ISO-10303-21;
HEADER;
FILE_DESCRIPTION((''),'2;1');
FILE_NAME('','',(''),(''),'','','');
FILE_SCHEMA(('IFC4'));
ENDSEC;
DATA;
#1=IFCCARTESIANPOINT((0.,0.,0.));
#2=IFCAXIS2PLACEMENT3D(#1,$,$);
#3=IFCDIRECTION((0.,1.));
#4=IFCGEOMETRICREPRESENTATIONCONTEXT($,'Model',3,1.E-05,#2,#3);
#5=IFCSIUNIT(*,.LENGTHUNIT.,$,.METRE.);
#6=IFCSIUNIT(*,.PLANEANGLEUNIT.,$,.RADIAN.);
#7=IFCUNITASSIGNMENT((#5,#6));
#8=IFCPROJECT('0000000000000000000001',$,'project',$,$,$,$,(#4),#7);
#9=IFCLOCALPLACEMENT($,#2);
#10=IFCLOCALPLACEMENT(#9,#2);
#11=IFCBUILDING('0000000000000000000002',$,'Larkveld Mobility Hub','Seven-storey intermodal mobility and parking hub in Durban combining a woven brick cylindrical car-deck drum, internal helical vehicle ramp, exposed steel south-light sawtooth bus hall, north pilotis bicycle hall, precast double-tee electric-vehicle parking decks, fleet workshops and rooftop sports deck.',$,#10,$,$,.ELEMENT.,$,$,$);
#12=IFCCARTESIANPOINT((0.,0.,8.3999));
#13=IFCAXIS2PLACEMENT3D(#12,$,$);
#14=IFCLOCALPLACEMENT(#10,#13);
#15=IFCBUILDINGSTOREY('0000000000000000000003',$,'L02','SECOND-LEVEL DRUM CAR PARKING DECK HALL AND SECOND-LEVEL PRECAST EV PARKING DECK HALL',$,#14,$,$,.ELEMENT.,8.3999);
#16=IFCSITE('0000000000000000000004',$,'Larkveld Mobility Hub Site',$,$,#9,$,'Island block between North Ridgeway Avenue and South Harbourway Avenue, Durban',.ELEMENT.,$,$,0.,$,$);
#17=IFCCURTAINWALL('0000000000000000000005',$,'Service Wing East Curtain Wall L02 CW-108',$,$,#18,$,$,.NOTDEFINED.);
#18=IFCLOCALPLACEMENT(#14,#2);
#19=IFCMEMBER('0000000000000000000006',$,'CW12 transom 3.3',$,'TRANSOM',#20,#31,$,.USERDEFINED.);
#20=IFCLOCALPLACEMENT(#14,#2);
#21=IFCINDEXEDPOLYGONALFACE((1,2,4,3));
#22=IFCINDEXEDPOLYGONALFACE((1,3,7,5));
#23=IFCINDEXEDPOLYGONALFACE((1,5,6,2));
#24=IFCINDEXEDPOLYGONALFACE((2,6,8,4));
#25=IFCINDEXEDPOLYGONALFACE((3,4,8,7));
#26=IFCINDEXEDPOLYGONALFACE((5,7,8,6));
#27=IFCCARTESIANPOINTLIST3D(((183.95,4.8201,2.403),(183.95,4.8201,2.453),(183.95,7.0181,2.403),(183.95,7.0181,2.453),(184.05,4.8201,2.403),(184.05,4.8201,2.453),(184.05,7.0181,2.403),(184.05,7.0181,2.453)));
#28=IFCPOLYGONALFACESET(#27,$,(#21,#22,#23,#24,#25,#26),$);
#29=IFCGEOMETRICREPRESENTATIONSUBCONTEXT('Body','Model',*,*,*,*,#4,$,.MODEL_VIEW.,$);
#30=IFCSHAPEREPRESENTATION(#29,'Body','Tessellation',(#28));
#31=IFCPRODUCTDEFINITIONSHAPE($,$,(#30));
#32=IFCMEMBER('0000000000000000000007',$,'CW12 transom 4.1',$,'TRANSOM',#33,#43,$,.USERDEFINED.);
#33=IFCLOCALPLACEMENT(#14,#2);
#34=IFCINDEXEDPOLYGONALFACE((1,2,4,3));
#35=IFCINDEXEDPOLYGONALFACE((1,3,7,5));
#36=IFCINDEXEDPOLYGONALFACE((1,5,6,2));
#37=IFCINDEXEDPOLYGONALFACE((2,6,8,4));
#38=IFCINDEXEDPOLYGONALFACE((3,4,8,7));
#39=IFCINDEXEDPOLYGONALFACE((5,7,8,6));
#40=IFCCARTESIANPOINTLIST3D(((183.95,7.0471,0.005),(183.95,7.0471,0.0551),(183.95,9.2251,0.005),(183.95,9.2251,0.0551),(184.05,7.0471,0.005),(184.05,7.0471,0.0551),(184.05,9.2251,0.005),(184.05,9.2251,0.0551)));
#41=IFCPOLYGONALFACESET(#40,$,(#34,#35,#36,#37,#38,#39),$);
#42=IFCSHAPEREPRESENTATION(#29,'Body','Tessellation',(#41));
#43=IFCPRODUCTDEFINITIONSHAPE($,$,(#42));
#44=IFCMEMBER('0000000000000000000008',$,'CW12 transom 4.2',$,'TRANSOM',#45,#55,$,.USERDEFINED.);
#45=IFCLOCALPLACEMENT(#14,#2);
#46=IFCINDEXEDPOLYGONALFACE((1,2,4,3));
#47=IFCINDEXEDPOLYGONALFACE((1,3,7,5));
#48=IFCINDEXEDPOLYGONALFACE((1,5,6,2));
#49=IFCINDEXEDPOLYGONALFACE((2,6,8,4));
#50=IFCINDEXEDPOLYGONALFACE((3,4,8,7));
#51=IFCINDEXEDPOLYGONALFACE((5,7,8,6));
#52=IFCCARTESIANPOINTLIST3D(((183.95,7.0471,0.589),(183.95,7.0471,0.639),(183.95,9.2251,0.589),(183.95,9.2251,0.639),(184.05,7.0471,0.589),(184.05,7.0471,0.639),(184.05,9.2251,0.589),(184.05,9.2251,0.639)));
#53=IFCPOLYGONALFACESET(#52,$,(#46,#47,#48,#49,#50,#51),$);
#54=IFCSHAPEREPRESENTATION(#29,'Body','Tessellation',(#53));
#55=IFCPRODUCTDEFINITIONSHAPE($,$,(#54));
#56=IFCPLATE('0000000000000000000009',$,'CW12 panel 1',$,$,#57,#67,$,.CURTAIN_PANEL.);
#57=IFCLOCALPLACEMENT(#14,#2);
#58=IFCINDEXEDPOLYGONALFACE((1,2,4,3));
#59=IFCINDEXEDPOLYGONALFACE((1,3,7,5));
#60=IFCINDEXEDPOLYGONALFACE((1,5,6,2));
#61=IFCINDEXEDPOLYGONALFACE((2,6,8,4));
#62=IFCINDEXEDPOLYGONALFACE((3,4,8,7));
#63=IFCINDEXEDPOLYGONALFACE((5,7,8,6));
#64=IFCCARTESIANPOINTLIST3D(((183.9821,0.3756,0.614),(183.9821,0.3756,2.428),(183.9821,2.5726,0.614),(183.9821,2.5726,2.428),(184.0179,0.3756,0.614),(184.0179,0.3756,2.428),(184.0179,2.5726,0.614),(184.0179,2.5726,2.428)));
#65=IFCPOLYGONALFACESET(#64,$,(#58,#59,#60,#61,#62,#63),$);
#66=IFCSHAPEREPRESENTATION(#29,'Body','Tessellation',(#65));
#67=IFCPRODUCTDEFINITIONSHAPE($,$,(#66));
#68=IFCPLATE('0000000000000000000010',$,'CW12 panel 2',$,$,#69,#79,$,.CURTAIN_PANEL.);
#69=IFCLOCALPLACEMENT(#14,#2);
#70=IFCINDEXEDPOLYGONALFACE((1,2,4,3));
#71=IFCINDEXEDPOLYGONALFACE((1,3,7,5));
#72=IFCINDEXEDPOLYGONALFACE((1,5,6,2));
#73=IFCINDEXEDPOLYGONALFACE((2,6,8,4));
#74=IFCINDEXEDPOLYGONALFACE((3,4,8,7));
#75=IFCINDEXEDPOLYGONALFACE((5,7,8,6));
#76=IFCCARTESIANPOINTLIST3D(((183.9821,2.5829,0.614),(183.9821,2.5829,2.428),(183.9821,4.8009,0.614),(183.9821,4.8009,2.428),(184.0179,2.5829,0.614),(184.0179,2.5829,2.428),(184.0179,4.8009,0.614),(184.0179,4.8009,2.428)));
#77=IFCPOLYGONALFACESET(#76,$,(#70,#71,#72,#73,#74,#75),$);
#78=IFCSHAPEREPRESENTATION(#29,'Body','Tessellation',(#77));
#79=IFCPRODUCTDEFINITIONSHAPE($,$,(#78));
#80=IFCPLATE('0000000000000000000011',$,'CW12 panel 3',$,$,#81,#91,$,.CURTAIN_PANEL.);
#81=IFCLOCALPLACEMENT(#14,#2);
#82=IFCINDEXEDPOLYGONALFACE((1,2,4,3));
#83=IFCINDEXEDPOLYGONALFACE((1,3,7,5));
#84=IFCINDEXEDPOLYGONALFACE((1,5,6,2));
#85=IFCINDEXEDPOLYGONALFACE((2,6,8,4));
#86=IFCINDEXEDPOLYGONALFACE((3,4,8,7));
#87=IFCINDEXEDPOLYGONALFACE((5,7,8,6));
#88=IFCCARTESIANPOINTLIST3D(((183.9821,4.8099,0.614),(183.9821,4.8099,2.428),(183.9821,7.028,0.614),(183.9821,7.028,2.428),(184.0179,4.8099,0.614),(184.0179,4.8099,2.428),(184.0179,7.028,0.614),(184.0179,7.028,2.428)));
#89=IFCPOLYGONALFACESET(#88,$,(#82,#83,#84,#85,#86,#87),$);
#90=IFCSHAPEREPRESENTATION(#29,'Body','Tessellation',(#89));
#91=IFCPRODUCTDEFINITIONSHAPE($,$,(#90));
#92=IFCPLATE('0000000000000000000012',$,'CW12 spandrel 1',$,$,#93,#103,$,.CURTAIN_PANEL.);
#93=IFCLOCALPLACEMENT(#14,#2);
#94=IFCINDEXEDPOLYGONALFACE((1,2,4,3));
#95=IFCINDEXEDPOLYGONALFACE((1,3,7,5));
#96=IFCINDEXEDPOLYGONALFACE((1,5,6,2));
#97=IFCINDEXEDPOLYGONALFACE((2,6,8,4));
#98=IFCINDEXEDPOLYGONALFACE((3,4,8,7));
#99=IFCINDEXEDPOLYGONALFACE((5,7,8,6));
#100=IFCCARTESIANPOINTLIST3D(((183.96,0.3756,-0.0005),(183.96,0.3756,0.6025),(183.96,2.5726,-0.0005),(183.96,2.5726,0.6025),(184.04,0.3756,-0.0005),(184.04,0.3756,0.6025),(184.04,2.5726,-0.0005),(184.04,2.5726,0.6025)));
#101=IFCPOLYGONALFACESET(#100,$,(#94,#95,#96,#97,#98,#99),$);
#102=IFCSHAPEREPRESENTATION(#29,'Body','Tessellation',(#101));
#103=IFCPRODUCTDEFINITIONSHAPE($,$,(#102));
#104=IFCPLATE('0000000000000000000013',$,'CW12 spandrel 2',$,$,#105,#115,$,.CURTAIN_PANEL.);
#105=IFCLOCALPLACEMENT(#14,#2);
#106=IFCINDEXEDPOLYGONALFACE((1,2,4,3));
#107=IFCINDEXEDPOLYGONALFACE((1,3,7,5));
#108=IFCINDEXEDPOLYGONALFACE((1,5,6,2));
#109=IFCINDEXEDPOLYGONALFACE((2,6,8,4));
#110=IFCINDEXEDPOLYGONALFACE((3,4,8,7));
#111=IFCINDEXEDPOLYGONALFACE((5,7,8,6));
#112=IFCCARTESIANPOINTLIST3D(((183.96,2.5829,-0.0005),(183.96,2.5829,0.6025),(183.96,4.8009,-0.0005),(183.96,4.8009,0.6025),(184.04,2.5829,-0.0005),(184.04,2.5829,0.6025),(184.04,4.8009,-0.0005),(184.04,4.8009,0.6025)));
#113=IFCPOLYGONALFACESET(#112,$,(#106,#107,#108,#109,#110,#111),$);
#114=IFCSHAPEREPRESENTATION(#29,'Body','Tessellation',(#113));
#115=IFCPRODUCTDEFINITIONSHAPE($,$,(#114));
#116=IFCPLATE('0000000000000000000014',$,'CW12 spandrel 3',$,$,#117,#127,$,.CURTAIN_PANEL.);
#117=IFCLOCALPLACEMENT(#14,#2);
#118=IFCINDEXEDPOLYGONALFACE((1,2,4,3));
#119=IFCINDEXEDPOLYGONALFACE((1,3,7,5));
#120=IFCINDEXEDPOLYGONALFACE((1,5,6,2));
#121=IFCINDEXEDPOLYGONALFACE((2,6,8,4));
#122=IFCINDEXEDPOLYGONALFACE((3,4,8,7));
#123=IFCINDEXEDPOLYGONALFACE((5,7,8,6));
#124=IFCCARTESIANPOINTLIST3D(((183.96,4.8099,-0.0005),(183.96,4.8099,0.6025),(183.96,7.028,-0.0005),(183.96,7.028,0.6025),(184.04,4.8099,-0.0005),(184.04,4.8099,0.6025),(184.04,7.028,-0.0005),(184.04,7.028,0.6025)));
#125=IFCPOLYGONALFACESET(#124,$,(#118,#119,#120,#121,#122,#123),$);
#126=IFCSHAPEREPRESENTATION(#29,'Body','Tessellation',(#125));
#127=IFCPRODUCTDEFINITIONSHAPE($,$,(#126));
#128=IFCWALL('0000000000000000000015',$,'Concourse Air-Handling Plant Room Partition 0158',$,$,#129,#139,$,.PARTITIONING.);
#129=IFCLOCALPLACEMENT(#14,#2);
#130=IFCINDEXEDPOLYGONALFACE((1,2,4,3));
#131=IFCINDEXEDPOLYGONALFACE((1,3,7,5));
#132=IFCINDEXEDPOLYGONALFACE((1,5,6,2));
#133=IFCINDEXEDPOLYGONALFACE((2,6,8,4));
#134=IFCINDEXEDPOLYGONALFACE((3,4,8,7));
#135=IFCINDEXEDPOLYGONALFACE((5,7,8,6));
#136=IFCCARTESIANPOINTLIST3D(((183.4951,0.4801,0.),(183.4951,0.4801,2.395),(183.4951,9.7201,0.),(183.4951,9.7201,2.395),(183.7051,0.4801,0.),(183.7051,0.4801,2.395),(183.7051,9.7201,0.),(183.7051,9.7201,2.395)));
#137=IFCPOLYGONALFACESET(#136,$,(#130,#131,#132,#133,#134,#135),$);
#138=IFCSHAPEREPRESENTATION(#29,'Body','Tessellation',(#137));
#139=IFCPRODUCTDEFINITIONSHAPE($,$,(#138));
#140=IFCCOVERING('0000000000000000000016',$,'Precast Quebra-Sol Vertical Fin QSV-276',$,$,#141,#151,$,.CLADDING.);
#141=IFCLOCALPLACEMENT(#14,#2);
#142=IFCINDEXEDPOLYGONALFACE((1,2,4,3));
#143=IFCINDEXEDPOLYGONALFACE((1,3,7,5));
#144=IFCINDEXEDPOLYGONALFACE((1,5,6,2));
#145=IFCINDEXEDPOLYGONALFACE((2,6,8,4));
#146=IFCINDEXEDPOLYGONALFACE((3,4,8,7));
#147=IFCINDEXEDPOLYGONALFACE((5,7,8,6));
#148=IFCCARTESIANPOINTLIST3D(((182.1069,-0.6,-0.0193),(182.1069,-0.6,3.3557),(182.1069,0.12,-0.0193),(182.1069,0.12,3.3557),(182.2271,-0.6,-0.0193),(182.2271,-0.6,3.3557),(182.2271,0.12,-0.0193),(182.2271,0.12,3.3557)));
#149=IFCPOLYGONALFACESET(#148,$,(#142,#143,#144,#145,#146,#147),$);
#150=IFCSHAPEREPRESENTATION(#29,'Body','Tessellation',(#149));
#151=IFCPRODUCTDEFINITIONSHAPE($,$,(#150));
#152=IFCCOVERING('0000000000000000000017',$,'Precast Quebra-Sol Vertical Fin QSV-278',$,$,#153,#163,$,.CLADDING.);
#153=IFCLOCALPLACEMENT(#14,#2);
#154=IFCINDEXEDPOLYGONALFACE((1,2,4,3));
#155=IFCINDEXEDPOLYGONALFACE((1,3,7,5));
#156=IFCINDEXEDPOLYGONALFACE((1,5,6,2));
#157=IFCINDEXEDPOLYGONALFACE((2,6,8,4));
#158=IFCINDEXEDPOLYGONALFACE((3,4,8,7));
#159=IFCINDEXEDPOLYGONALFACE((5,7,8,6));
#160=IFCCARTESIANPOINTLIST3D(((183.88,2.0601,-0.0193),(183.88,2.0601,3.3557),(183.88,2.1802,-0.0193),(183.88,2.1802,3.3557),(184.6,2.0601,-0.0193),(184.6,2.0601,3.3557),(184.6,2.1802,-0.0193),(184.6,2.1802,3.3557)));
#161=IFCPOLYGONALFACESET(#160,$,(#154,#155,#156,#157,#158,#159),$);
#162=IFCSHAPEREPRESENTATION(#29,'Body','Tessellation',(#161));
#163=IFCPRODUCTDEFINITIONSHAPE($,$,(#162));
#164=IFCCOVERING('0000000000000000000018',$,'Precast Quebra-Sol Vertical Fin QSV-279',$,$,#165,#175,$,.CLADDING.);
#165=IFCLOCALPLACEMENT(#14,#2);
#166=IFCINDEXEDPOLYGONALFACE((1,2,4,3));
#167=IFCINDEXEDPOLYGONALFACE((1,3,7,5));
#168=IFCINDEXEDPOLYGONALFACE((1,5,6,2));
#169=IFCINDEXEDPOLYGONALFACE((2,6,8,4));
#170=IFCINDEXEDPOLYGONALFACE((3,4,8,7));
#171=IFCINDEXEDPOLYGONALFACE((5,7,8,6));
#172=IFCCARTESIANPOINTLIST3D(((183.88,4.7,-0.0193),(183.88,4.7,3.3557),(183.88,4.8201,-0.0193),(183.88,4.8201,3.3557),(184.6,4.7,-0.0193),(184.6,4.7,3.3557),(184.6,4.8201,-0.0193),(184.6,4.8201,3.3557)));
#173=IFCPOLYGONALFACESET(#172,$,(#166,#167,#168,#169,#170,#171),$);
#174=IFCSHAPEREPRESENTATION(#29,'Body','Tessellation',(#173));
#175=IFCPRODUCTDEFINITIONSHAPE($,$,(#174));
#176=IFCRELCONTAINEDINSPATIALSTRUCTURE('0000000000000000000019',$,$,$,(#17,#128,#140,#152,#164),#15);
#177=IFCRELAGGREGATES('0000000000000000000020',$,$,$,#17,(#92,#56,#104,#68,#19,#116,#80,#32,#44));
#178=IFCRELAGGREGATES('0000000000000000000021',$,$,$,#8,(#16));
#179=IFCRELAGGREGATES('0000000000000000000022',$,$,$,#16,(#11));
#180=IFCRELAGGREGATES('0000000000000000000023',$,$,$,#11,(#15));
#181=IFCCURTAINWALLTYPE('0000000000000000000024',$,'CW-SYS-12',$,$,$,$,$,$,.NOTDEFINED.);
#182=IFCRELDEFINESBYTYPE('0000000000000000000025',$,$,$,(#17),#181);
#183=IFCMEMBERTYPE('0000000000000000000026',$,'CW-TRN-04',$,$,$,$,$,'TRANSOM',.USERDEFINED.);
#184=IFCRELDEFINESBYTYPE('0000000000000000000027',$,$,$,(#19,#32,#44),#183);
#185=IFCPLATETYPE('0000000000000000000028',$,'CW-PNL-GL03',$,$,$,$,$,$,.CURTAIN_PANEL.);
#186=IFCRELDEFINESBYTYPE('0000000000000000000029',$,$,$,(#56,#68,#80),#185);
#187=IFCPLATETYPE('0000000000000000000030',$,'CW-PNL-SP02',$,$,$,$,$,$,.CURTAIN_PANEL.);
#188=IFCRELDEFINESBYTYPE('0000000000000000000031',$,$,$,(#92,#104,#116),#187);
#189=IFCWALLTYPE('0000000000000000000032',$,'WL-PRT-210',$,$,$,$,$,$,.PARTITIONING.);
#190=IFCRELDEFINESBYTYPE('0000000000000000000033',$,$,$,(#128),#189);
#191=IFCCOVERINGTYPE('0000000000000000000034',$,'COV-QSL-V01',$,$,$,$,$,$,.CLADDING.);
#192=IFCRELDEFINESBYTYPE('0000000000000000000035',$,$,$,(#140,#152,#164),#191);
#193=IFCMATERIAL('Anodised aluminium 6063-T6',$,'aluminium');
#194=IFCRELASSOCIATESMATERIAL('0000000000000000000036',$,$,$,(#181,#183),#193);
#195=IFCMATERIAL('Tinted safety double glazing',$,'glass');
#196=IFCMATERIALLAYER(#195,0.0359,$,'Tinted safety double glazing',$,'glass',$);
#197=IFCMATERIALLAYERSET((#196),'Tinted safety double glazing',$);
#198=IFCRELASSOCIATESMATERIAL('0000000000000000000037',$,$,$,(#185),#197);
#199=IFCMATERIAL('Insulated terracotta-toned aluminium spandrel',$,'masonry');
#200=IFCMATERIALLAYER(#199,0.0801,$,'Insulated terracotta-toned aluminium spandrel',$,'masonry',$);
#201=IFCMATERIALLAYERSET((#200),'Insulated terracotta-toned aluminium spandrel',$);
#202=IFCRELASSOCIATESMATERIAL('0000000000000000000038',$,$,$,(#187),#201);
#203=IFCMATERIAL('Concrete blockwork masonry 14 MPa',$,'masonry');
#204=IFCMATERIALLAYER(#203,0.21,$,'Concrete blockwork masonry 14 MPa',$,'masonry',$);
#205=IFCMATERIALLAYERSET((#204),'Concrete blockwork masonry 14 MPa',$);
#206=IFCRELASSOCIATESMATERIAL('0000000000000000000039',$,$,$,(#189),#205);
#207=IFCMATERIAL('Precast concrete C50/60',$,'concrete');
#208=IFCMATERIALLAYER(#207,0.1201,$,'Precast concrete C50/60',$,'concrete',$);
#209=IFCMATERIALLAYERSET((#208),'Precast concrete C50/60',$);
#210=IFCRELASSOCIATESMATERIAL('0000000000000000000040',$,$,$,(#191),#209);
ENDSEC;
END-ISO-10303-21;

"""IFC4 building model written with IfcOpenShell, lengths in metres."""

from ifc_helpers import new_model, si_unit, direction, frame, frame_2d, origin, origin_2d, place, context, subcontext, project, spatial, rectangle, extrude, material, layer, layer_set, material_profile, profile_set, type_object, element, aggregate, save


model = new_model("IFC4")

# Units and contexts
model_context = context("Model", 3, precision=1e-05, world=origin(), true_north=direction((0.0, 1.0)))
body_context = subcontext(model_context, "Body", "Model", "MODEL_VIEW")
ifc_project = project(units=[si_unit("LENGTHUNIT", "METRE"), si_unit("PLANEANGLEUNIT", "RADIAN")], contexts=[model_context])

# Site, building, storey
site_placement = place(None, origin())
site = spatial("IfcSite", under=ifc_project, at=site_placement, Name="Larkveld Mobility Hub Site", LongName="Island block between North Ridgeway Avenue and South Harbourway Avenue, Durban", CompositionType="ELEMENT", RefElevation=0.0)
building_placement = place(site_placement, origin())
building = spatial("IfcBuilding", under=site, at=building_placement, Name="Larkveld Mobility Hub", Description="Seven-storey intermodal mobility and parking hub in Durban combining a woven brick cylindrical car-deck drum, internal helical vehicle ramp, exposed steel south-light sawtooth bus hall, north pilotis bicycle hall, precast double-tee electric-vehicle parking decks, fleet workshops and rooftop sports deck.", CompositionType="ELEMENT")
storey_placement = place(building_placement, frame((0.0, 0.0, 8.3999)))
storey = spatial("IfcBuildingStorey", under=building, at=storey_placement, Name="L02", Description="SECOND-LEVEL DRUM CAR PARKING DECK HALL AND SECOND-LEVEL PRECAST EV PARKING DECK HALL", CompositionType="ELEMENT", Elevation=8.3999)

# Shared definitions
ifc_material_1 = material(Name="Precast concrete C50/60", Category="concrete")

# Curtain wall, members, plates
ifc_material_2 = material(Name="Anodised aluminium 6063-T6", Category="aluminium")
curtain_wall_type = type_object("IfcCurtainWallType", Name="CW-SYS-12", PredefinedType="NOTDEFINED", material=ifc_material_2)
curtain_wall_placement = place(storey_placement, origin())
curtain_wall = element("IfcCurtainWall", 1, at=curtain_wall_placement, inside=storey, type_object=curtain_wall_type, Name="Service Wing East Curtain Wall L02 CW-108", PredefinedType="NOTDEFINED")
ifc_material_profile_1 = material_profile(ifc_material_2, rectangle(XDim=0.1001, YDim=0.05, at=origin_2d()), Name="ALU TRAN 50x100")
ifc_profile_set_1 = profile_set([ifc_material_profile_1], Name="Anodised aluminium 6063-T6")
member_type_1 = type_object("IfcMemberType", Name="CW-TRN-04", ElementType="TRANSOM", PredefinedType="USERDEFINED", material=ifc_profile_set_1)
member_1_placement = place(storey_placement, frame((184.0, 4.8201, 2.428), z_axis=(0.0, 1.0, 0.0), x_axis=(-1.0, 0.0, 0.0)))
member_1 = element("IfcMember", 2, at=member_1_placement, type_object=member_type_1, Name="CW12 transom 3.3", ObjectType="TRANSOM", PredefinedType="USERDEFINED", context=body_context, shape_type="SweptSolid", body=[
    extrude(rectangle(XDim=0.1001, YDim=0.05, at=origin_2d()), origin(), (0.0, 0.0, 1.0), 2.198),
])
member_2_placement = place(storey_placement, frame((184.0, 7.0471, 0.03), z_axis=(0.0, 1.0, 0.0), x_axis=(-1.0, 0.0, 0.0)))
member_2 = element("IfcMember", 3, at=member_2_placement, type_object=member_type_1, Name="CW12 transom 4.1", ObjectType="TRANSOM", PredefinedType="USERDEFINED", context=body_context, shape_type="SweptSolid", body=[
    extrude(rectangle(XDim=0.1001, YDim=0.05, at=origin_2d()), origin(), (0.0, 0.0, 1.0), 2.178),
])
member_3_placement = place(storey_placement, frame((184.0, 7.0471, 0.614), z_axis=(0.0, 1.0, 0.0), x_axis=(-1.0, 0.0, 0.0)))
member_3 = element("IfcMember", 4, at=member_3_placement, type_object=member_type_1, Name="CW12 transom 4.2", ObjectType="TRANSOM", PredefinedType="USERDEFINED", context=body_context, shape_type="SweptSolid", body=[
    extrude(rectangle(XDim=0.1001, YDim=0.05, at=origin_2d()), origin(), (0.0, 0.0, 1.0), 2.178),
])
ifc_material_3 = material(Name="Tinted safety double glazing", Category="glass")
ifc_layer_1 = layer(ifc_material_3, 0.0359, Name="Tinted safety double glazing", Category="glass")
ifc_layer_set_1 = layer_set([ifc_layer_1], Name="Tinted safety double glazing")
plate_type_1 = type_object("IfcPlateType", Name="CW-PNL-GL03", PredefinedType="CURTAIN_PANEL", material=ifc_layer_set_1)
plate_1_placement = place(storey_placement, frame((184.0, 1.4741, 0.614), z_axis=(0.0, 0.0, 1.0), x_axis=(0.0, 1.0, 0.0)))
plate_1 = element("IfcPlate", 5, at=plate_1_placement, type_object=plate_type_1, Name="CW12 panel 1", PredefinedType="CURTAIN_PANEL", context=body_context, shape_type="SweptSolid", body=[
    extrude(rectangle(XDim=2.197, YDim=0.0359, at=origin_2d()), origin(), (0.0, 0.0, 1.0), 1.814),
])
plate_2_placement = place(storey_placement, frame((184.0, 3.6919, 0.614), z_axis=(0.0, 0.0, 1.0), x_axis=(0.0, 1.0, 0.0)))
plate_2 = element("IfcPlate", 6, at=plate_2_placement, type_object=plate_type_1, Name="CW12 panel 2", PredefinedType="CURTAIN_PANEL", context=body_context, shape_type="SweptSolid", body=[
    extrude(rectangle(XDim=2.218, YDim=0.0359, at=origin_2d()), origin(), (0.0, 0.0, 1.0), 1.814),
])
plate_3_placement = place(storey_placement, frame((184.0, 5.9189, 0.614), z_axis=(0.0, 0.0, 1.0), x_axis=(0.0, 1.0, 0.0)))
plate_3 = element("IfcPlate", 7, at=plate_3_placement, type_object=plate_type_1, Name="CW12 panel 3", PredefinedType="CURTAIN_PANEL", context=body_context, shape_type="SweptSolid", body=[
    extrude(rectangle(XDim=2.218, YDim=0.0359, at=origin_2d()), origin(), (0.0, 0.0, 1.0), 1.814),
])
ifc_material_4 = material(Name="Insulated terracotta-toned aluminium spandrel", Category="masonry")
ifc_layer_2 = layer(ifc_material_4, 0.0801, Name="Insulated terracotta-toned aluminium spandrel", Category="masonry")
ifc_layer_set_2 = layer_set([ifc_layer_2], Name="Insulated terracotta-toned aluminium spandrel")
plate_type_2 = type_object("IfcPlateType", Name="CW-PNL-SP02", PredefinedType="CURTAIN_PANEL", material=ifc_layer_set_2)
plate_4_placement = place(storey_placement, frame((184.0, 1.4741, -0.0005), z_axis=(0.0, 0.0, 1.0), x_axis=(0.0, 1.0, 0.0)))
plate_4 = element("IfcPlate", 8, at=plate_4_placement, type_object=plate_type_2, Name="CW12 spandrel 1", PredefinedType="CURTAIN_PANEL", context=body_context, shape_type="SweptSolid", body=[
    extrude(rectangle(XDim=2.197, YDim=0.0801, at=origin_2d()), origin(), (0.0, 0.0, 1.0), 0.603),
])
plate_5_placement = place(storey_placement, frame((184.0, 3.6919, -0.0005), z_axis=(0.0, 0.0, 1.0), x_axis=(0.0, 1.0, 0.0)))
plate_5 = element("IfcPlate", 9, at=plate_5_placement, type_object=plate_type_2, Name="CW12 spandrel 2", PredefinedType="CURTAIN_PANEL", context=body_context, shape_type="SweptSolid", body=[
    extrude(rectangle(XDim=2.218, YDim=0.0801, at=origin_2d()), origin(), (0.0, 0.0, 1.0), 0.603),
])
plate_6_placement = place(storey_placement, frame((184.0, 5.9189, -0.0005), z_axis=(0.0, 0.0, 1.0), x_axis=(0.0, 1.0, 0.0)))
plate_6 = element("IfcPlate", 10, at=plate_6_placement, type_object=plate_type_2, Name="CW12 spandrel 3", PredefinedType="CURTAIN_PANEL", context=body_context, shape_type="SweptSolid", body=[
    extrude(rectangle(XDim=2.218, YDim=0.0801, at=origin_2d()), origin(), (0.0, 0.0, 1.0), 0.603),
])
aggregate(curtain_wall, [plate_4, plate_1, plate_5, plate_2, member_1, plate_6, plate_3, member_2, member_3])

# Wall
ifc_material_5 = material(Name="Concrete blockwork masonry 14 MPa", Category="masonry")
ifc_layer_3 = layer(ifc_material_5, 0.21, Name="Concrete blockwork masonry 14 MPa", Category="masonry")
ifc_layer_set_3 = layer_set([ifc_layer_3], Name="Concrete blockwork masonry 14 MPa")
wall_type = type_object("IfcWallType", Name="WL-PRT-210", PredefinedType="PARTITIONING", material=ifc_layer_set_3)
wall_placement = place(storey_placement, frame((183.6001, 0.48, 0.0), z_axis=(0.0, 0.0, 1.0), x_axis=(0.0, 1.0, 0.0)))
element("IfcWall", 11, at=wall_placement, inside=storey, type_object=wall_type, Name="Concourse Air-Handling Plant Room Partition 0158", PredefinedType="PARTITIONING", context=body_context, shape_type="SweptSolid", body=[
    extrude(rectangle(XDim=9.24, YDim=0.21, at=frame_2d((4.6201, 0.0))), origin(), (0.0, 0.0, 1.0), 2.395),
])

# Coverings
ifc_layer_4 = layer(ifc_material_1, 0.1201, Name="Precast concrete C50/60", Category="concrete")
ifc_layer_set_4 = layer_set([ifc_layer_4], Name="Precast concrete C50/60")
covering_type = type_object("IfcCoveringType", Name="COV-QSL-V01", PredefinedType="CLADDING", material=ifc_layer_set_4)
for number, where, z_axis, x_axis, name in (
    (12, (182.167, -0.24, -0.0193), (0.0, 0.0, 1.0), (1.0, 0.0, 0.0), "Precast Quebra-Sol Vertical Fin QSV-276"),
    (13, (184.24, 2.1201, -0.0193), (0.0, 0.0, 1.0), (0.0, 1.0, 0.0), "Precast Quebra-Sol Vertical Fin QSV-278"),
    (14, (184.24, 4.76, -0.0193), (0.0, 0.0, 1.0), (0.0, 1.0, 0.0), "Precast Quebra-Sol Vertical Fin QSV-279"),
):
    element("IfcCovering", number, at=place(storey_placement, frame(where, z_axis=z_axis, x_axis=x_axis)), inside=storey, type_object=covering_type, Name=name, PredefinedType="CLADDING", context=body_context, shape_type="SweptSolid", body=[
        extrude(rectangle(XDim=0.1201, YDim=0.72, at=origin_2d()), origin(), (0.0, 0.0, 1.0), 3.375),
    ])

save(model, "model.ifc")
